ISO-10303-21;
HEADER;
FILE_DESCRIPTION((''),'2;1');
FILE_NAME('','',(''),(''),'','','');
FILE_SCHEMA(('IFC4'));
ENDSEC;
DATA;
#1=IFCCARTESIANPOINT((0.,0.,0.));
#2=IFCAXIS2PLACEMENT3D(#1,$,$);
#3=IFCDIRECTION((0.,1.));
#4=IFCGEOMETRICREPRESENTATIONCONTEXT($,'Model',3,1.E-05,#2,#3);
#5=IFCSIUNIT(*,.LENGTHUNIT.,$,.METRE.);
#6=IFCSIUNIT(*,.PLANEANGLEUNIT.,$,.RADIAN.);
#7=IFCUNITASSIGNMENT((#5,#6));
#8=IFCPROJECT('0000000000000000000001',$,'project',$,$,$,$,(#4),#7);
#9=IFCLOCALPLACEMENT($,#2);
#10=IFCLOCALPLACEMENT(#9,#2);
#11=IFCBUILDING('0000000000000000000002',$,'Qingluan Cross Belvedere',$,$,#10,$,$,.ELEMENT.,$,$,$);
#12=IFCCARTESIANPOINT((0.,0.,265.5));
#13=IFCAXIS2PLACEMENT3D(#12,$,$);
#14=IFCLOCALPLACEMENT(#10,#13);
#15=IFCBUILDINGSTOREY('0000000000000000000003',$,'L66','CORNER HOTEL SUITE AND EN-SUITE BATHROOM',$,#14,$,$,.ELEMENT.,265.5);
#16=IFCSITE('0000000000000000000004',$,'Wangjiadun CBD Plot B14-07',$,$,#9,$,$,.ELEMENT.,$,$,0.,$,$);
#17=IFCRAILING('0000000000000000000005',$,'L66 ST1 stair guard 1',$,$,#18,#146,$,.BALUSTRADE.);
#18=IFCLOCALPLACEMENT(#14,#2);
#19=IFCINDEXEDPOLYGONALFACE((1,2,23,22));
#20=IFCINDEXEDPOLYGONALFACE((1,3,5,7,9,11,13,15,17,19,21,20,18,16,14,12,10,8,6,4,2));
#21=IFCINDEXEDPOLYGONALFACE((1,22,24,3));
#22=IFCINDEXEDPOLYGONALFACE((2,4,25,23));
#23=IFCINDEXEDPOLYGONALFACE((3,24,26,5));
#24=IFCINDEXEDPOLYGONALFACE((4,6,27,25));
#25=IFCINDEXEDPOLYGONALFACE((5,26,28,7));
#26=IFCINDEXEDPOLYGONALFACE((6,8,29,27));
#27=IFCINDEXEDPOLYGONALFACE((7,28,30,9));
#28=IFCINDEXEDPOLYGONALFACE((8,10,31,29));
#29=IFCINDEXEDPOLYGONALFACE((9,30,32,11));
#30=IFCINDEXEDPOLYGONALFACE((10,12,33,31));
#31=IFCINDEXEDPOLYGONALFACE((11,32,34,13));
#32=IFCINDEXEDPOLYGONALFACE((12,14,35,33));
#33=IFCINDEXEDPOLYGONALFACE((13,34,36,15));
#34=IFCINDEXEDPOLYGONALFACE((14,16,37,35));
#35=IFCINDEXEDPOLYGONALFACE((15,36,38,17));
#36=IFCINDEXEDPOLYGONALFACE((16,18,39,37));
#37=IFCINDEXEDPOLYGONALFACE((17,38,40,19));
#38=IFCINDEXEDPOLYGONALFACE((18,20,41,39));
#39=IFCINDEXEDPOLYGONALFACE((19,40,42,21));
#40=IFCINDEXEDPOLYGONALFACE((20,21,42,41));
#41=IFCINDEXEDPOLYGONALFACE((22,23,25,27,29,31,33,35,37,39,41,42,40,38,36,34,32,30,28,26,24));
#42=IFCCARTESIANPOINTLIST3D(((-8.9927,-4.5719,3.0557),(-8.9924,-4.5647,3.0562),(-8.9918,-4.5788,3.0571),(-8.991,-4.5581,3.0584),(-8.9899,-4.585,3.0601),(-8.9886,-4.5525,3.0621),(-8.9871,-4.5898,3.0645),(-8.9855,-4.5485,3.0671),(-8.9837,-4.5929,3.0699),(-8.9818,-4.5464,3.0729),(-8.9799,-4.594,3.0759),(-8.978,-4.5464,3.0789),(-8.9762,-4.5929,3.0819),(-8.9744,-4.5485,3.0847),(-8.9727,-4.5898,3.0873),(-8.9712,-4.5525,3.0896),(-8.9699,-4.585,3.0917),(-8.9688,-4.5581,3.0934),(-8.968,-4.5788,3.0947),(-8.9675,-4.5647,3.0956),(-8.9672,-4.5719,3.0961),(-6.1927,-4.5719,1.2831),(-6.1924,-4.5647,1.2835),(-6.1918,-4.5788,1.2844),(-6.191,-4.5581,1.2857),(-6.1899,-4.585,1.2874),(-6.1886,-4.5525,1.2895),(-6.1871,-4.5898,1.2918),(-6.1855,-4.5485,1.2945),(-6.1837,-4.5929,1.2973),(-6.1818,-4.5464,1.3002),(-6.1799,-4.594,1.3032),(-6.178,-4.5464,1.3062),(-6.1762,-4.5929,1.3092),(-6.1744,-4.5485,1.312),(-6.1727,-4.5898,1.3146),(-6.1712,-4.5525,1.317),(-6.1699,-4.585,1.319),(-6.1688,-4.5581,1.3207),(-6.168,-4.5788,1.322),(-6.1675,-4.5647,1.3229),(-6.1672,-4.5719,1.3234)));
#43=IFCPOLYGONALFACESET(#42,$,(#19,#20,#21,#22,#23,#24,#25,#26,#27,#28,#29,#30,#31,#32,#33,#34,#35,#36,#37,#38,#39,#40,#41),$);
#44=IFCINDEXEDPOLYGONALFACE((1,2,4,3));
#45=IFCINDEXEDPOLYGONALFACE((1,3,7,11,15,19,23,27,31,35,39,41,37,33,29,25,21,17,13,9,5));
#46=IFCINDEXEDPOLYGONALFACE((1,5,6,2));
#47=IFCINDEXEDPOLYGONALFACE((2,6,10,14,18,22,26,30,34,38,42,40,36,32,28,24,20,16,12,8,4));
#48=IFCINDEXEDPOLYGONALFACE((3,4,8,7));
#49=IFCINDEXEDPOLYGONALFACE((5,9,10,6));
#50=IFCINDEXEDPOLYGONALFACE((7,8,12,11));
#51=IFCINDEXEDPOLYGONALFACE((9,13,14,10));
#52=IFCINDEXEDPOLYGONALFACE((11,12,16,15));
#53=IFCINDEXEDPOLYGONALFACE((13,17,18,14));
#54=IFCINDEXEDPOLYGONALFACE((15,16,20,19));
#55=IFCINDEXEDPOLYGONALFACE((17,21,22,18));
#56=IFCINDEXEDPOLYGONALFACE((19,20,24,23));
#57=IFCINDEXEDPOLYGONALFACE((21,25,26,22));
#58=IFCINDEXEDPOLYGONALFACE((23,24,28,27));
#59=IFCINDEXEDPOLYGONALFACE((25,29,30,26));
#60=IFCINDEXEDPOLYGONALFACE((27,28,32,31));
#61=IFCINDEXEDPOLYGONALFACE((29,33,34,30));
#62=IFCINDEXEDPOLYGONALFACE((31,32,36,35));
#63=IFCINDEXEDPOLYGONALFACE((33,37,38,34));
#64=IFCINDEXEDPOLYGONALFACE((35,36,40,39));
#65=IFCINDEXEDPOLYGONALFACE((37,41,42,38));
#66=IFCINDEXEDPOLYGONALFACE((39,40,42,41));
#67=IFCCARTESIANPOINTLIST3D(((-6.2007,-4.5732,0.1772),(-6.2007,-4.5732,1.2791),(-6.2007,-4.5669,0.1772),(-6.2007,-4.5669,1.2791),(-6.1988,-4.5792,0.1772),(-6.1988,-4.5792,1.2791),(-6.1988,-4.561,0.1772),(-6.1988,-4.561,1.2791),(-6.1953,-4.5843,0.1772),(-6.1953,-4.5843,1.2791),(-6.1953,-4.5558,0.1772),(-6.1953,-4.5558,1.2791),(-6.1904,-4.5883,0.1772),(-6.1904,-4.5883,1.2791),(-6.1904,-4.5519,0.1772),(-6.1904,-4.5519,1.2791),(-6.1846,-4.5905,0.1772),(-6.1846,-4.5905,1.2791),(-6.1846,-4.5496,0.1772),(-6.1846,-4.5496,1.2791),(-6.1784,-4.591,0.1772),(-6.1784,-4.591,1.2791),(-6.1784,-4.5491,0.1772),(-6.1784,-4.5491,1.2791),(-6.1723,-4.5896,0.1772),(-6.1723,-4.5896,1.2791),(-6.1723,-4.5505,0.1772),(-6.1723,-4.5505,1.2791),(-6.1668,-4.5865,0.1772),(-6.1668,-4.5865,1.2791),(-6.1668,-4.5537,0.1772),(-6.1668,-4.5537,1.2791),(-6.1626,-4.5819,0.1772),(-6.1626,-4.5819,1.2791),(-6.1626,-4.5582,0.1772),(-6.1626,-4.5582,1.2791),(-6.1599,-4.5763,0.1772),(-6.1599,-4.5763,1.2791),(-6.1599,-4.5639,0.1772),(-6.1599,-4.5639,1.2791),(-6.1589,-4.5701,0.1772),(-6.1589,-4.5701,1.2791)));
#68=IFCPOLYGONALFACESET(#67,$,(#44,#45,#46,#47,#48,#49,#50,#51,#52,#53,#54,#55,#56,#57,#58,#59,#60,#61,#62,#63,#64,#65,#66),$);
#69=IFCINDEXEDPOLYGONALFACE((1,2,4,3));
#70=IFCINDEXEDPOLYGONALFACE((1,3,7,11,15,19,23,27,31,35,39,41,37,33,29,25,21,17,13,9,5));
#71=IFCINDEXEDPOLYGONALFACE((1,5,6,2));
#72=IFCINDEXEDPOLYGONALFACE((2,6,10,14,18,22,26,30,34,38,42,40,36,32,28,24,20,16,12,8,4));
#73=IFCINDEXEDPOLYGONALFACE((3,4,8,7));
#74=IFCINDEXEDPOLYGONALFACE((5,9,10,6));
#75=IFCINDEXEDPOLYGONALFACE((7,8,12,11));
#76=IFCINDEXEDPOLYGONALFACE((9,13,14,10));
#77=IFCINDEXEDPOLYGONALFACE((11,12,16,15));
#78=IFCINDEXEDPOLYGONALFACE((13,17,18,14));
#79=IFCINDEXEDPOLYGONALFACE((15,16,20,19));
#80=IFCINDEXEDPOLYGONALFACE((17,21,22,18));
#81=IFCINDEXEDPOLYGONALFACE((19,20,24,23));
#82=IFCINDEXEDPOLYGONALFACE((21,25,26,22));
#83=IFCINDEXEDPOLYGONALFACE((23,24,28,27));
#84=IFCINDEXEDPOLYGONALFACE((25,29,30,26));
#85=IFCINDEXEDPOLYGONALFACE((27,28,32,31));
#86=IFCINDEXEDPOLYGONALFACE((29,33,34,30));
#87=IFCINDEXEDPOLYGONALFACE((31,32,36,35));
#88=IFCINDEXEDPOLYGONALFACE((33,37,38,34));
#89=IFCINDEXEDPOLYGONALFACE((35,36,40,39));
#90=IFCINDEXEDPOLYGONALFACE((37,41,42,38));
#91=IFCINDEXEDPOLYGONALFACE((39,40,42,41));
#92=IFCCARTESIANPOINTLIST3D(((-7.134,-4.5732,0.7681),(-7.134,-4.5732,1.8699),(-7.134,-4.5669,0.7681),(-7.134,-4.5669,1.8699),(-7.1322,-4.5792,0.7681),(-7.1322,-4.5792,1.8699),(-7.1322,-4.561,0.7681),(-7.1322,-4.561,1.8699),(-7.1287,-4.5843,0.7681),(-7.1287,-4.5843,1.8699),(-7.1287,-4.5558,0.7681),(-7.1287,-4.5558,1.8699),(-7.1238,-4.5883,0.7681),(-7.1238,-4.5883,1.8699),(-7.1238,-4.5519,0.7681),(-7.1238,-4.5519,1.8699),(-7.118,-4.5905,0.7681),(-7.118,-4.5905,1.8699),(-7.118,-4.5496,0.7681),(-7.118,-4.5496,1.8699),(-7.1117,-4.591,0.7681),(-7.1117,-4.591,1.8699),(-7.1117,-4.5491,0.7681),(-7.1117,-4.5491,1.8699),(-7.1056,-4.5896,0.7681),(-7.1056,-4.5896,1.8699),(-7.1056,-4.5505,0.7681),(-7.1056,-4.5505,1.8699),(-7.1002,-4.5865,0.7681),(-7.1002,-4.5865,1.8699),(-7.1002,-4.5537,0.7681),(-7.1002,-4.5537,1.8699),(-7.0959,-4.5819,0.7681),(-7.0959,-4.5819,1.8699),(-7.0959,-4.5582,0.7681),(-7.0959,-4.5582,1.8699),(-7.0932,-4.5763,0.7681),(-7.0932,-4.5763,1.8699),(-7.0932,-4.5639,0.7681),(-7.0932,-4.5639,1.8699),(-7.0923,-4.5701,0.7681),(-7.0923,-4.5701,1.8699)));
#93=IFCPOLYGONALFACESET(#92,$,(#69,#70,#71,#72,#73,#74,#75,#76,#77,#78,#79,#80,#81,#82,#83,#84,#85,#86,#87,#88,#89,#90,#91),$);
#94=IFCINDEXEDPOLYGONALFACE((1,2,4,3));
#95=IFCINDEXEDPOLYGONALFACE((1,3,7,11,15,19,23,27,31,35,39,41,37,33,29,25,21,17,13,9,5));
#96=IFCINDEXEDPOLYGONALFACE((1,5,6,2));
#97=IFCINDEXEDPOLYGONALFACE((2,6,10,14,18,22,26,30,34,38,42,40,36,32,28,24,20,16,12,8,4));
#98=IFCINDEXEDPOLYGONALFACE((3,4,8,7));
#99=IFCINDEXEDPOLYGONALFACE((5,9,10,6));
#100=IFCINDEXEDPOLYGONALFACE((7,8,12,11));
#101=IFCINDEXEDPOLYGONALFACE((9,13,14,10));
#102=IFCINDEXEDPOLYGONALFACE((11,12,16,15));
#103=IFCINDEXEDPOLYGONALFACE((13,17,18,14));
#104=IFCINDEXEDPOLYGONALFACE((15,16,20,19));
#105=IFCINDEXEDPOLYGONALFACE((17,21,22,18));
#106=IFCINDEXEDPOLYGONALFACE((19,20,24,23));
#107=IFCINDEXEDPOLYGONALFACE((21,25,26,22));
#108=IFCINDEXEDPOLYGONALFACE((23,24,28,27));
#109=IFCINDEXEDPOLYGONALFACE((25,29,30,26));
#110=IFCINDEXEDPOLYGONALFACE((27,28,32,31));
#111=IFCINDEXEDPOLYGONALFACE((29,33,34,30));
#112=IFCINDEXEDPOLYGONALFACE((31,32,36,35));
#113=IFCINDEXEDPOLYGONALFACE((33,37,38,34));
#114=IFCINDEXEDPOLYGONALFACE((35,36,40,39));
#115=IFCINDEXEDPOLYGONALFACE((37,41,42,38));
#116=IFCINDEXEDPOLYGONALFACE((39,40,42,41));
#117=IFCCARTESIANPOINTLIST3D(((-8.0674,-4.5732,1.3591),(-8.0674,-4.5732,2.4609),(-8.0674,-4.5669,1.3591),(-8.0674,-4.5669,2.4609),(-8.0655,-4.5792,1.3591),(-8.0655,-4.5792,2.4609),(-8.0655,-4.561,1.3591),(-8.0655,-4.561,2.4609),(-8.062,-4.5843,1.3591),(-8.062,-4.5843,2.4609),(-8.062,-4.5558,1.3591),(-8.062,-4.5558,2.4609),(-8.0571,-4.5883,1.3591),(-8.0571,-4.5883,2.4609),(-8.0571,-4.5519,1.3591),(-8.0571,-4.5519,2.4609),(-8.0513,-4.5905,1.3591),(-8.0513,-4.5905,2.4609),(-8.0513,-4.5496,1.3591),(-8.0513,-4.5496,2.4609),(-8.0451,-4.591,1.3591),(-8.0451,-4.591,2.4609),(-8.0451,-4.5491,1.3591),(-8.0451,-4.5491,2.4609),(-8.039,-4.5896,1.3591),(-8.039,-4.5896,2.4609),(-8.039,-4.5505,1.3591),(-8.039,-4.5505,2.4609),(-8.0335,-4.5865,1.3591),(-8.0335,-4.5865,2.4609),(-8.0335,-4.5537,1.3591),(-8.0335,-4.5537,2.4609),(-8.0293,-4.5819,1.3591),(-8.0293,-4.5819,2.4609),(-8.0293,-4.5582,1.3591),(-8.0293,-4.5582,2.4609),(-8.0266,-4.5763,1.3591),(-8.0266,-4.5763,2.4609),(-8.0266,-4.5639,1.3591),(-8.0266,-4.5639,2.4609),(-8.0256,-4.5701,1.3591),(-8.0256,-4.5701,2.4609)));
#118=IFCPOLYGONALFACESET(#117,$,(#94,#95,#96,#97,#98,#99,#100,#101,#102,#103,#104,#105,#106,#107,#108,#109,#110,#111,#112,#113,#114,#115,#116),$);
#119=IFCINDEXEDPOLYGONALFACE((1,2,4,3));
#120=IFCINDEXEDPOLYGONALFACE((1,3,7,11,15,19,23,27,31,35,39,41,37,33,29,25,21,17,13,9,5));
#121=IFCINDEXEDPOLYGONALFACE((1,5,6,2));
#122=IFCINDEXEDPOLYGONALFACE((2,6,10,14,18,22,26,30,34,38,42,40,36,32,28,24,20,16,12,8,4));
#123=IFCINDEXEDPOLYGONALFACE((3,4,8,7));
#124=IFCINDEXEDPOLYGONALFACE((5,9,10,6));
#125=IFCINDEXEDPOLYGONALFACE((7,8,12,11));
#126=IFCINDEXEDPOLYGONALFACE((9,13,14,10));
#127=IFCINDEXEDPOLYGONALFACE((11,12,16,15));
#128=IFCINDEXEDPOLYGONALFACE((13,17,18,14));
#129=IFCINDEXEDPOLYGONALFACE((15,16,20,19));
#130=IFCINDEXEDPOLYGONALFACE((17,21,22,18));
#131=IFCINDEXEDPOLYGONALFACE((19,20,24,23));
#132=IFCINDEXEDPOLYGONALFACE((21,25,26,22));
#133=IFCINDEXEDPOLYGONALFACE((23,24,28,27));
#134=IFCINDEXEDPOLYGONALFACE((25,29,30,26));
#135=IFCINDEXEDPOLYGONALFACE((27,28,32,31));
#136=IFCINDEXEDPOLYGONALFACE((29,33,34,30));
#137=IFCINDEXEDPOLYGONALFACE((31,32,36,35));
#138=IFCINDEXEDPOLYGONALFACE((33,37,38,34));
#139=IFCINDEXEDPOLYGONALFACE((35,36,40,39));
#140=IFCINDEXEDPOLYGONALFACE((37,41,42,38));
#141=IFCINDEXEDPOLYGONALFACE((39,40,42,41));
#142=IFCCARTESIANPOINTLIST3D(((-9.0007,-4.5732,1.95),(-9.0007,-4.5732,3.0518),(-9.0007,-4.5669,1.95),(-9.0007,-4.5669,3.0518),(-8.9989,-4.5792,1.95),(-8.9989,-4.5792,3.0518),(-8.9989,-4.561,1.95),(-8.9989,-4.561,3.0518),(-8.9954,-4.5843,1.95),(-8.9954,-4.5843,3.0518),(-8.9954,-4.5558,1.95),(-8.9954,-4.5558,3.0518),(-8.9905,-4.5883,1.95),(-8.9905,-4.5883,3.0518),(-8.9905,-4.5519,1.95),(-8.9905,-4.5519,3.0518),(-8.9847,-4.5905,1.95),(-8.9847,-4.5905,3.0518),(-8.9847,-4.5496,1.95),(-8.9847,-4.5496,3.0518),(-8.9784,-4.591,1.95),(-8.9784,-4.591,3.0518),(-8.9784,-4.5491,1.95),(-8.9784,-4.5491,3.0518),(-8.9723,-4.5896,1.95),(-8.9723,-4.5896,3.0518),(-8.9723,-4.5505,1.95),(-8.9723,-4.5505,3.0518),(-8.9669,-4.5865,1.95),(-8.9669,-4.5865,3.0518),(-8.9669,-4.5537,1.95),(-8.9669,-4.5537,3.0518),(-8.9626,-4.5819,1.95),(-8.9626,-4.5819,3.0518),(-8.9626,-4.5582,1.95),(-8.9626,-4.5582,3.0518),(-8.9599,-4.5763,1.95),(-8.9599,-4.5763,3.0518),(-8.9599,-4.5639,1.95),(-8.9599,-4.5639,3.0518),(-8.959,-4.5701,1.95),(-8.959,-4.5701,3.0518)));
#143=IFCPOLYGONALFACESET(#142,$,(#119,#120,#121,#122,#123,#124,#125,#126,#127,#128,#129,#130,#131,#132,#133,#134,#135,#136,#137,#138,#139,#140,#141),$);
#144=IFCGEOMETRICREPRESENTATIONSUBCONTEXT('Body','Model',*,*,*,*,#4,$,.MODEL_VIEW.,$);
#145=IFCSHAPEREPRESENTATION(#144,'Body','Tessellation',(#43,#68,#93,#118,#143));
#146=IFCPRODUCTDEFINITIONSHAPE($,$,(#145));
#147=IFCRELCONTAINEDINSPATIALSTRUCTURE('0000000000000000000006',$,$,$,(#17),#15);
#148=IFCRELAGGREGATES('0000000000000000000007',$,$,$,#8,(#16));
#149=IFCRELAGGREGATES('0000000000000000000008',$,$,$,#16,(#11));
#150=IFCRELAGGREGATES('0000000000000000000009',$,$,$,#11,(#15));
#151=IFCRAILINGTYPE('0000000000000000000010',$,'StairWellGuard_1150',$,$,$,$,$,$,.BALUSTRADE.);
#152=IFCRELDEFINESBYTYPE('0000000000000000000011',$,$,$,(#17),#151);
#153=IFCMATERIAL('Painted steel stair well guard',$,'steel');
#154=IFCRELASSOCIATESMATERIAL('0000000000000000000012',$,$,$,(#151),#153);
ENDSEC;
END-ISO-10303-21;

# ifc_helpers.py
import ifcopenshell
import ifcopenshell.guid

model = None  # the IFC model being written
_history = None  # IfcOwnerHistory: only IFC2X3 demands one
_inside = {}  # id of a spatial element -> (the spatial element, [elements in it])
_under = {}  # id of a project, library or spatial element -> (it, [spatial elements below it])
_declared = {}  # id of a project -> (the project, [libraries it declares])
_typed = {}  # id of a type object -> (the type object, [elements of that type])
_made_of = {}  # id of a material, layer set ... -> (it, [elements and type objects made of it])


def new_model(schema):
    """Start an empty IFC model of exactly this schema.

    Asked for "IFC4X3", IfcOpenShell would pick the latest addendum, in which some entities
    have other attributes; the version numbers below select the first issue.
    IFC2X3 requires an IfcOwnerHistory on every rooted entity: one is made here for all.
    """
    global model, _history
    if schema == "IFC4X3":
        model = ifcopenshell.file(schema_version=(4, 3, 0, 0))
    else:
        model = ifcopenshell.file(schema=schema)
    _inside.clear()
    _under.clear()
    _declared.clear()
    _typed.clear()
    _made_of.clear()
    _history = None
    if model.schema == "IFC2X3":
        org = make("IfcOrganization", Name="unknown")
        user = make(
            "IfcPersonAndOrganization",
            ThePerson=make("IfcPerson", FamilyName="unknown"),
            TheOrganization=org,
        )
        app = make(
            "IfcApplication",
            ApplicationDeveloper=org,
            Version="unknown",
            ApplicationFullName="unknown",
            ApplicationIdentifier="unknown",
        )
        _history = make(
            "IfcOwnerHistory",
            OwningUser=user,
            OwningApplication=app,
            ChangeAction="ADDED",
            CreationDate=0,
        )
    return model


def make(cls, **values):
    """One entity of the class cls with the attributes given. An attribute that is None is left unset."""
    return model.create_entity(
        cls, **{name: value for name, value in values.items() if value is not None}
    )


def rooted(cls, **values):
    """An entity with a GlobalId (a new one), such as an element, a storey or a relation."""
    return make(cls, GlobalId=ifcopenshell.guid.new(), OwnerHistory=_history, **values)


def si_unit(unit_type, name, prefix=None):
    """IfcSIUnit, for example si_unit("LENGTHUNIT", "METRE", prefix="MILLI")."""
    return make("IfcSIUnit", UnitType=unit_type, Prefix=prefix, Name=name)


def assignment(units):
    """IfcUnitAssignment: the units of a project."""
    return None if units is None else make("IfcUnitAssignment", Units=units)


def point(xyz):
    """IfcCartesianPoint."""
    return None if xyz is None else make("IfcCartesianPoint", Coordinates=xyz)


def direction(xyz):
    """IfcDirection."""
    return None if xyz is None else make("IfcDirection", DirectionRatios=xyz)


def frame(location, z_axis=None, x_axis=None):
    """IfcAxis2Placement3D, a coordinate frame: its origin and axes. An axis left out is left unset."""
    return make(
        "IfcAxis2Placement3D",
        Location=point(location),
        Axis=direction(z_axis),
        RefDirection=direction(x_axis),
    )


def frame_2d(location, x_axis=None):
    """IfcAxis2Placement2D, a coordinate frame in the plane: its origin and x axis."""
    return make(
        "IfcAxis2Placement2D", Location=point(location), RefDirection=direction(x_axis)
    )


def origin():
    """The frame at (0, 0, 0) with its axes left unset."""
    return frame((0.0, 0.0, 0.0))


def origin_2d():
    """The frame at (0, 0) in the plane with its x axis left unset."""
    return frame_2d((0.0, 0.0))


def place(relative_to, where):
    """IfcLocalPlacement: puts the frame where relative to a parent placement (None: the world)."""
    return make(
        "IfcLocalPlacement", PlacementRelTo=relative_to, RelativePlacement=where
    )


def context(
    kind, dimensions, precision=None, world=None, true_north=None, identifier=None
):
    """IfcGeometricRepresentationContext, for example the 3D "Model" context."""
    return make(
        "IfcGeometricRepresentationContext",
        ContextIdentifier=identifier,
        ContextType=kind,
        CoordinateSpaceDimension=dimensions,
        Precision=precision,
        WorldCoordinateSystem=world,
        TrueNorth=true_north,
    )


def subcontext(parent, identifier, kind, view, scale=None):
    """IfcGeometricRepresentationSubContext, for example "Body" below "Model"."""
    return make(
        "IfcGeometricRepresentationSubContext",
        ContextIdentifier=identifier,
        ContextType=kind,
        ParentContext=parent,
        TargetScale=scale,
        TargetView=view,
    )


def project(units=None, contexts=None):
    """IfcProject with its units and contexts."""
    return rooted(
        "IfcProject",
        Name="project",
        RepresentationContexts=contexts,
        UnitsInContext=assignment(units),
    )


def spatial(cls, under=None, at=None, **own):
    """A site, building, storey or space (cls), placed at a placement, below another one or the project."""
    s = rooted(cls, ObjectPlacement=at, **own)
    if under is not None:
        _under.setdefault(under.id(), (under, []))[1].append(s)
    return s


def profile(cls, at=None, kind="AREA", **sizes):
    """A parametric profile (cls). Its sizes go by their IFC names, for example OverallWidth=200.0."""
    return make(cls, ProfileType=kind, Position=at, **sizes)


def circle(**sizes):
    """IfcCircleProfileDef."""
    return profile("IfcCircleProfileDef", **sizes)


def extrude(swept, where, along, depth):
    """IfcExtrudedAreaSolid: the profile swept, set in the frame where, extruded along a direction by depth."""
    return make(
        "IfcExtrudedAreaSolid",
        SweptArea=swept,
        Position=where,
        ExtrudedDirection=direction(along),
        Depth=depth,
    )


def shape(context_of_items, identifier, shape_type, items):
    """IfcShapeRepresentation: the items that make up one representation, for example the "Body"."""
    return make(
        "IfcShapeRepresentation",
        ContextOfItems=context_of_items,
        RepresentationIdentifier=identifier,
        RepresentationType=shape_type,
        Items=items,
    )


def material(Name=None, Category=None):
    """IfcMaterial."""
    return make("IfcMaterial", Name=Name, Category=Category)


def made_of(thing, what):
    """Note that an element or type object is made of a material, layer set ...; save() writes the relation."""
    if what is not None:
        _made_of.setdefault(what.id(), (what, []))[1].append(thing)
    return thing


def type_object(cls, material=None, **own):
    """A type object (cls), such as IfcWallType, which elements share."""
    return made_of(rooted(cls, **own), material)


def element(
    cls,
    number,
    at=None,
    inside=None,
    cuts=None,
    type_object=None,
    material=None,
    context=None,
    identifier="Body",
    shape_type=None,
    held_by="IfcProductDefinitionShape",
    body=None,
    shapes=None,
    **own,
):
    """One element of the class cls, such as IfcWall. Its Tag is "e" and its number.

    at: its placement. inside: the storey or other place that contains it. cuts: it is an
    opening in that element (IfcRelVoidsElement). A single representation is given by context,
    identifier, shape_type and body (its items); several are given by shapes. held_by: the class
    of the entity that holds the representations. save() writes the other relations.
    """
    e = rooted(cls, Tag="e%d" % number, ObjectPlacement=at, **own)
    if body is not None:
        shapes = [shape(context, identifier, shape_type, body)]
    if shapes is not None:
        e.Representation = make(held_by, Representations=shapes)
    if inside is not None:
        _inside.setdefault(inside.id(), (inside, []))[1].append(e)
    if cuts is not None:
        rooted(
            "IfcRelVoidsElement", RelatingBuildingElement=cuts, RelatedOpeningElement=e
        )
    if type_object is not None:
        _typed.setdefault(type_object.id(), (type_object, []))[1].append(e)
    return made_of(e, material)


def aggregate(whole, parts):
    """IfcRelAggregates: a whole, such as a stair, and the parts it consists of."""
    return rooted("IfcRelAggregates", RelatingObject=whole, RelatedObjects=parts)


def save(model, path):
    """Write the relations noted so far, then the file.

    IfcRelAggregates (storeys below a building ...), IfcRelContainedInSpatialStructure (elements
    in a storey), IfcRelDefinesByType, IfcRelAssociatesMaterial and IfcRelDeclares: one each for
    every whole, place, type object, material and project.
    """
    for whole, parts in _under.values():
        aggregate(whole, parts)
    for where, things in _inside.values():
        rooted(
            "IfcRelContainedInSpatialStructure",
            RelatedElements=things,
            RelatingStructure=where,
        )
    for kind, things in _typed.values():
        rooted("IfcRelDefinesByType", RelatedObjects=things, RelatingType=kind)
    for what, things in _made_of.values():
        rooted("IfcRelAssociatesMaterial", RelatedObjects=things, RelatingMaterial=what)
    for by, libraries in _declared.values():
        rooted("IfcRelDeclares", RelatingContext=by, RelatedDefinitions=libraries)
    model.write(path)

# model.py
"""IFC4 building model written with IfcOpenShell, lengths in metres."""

from ifc_helpers import new_model, si_unit, direction, frame, origin, origin_2d, place, context, subcontext, project, spatial, circle, extrude, material, type_object, element, save


model = new_model("IFC4")

# Units and contexts
model_context = context("Model", 3, precision=1e-05, world=origin(), true_north=direction((0.0, 1.0)))
body_context = subcontext(model_context, "Body", "Model", "MODEL_VIEW")
ifc_project = project(units=[si_unit("LENGTHUNIT", "METRE"), si_unit("PLANEANGLEUNIT", "RADIAN")], contexts=[model_context])

# Site, building, storey
site_placement = place(None, origin())
site = spatial("IfcSite", under=ifc_project, at=site_placement, Name="Wangjiadun CBD Plot B14-07", CompositionType="ELEMENT", RefElevation=0.0)
building_placement = place(site_placement, origin())
building = spatial("IfcBuilding", under=site, at=building_placement, Name="Qingluan Cross Belvedere", CompositionType="ELEMENT")
storey_placement = place(building_placement, frame((0.0, 0.0, 265.5)))
storey = spatial("IfcBuildingStorey", under=building, at=storey_placement, Name="L66", Description="CORNER HOTEL SUITE AND EN-SUITE BATHROOM", CompositionType="ELEMENT", Elevation=265.5)

# Railing
ifc_material_1 = material(Name="Painted steel stair well guard", Category="steel")
railing_type_1 = type_object("IfcRailingType", Name="StairWellGuard_1150", PredefinedType="BALUSTRADE", material=ifc_material_1)
railing_1_placement = place(storey_placement, frame((-6.1799, -4.5701, 0.1772)))
element("IfcRailing", 1, at=railing_1_placement, inside=storey, type_object=railing_type_1, Name="L66 ST1 stair guard 1", PredefinedType="BALUSTRADE", context=body_context, shape_type="SweptSolid", body=[
    extrude(circle(Radius=0.0239, at=origin_2d()), frame((0.0, 0.0, 1.126), z_axis=(-0.844909, 0.0, 0.53491), x_axis=(0.0, -1.0, 0.0)), (0.0, 0.0, 1.0), 3.314),
    extrude(circle(Radius=0.021, at=origin_2d()), origin(), (0.0, 0.0, 1.0), 1.1018),
    extrude(circle(Radius=0.021, at=origin_2d()), frame((-0.9333, 0.0, 0.5908)), (0.0, 0.0, 1.0), 1.1018),
    extrude(circle(Radius=0.021, at=origin_2d()), frame((-1.8667, 0.0, 1.1819)), (0.0, 0.0, 1.0), 1.1018),
    extrude(circle(Radius=0.021, at=origin_2d()), frame((-2.8, 0.0, 1.7727)), (0.0, 0.0, 1.0), 1.1018),
])

save(model, "model.ifc")
